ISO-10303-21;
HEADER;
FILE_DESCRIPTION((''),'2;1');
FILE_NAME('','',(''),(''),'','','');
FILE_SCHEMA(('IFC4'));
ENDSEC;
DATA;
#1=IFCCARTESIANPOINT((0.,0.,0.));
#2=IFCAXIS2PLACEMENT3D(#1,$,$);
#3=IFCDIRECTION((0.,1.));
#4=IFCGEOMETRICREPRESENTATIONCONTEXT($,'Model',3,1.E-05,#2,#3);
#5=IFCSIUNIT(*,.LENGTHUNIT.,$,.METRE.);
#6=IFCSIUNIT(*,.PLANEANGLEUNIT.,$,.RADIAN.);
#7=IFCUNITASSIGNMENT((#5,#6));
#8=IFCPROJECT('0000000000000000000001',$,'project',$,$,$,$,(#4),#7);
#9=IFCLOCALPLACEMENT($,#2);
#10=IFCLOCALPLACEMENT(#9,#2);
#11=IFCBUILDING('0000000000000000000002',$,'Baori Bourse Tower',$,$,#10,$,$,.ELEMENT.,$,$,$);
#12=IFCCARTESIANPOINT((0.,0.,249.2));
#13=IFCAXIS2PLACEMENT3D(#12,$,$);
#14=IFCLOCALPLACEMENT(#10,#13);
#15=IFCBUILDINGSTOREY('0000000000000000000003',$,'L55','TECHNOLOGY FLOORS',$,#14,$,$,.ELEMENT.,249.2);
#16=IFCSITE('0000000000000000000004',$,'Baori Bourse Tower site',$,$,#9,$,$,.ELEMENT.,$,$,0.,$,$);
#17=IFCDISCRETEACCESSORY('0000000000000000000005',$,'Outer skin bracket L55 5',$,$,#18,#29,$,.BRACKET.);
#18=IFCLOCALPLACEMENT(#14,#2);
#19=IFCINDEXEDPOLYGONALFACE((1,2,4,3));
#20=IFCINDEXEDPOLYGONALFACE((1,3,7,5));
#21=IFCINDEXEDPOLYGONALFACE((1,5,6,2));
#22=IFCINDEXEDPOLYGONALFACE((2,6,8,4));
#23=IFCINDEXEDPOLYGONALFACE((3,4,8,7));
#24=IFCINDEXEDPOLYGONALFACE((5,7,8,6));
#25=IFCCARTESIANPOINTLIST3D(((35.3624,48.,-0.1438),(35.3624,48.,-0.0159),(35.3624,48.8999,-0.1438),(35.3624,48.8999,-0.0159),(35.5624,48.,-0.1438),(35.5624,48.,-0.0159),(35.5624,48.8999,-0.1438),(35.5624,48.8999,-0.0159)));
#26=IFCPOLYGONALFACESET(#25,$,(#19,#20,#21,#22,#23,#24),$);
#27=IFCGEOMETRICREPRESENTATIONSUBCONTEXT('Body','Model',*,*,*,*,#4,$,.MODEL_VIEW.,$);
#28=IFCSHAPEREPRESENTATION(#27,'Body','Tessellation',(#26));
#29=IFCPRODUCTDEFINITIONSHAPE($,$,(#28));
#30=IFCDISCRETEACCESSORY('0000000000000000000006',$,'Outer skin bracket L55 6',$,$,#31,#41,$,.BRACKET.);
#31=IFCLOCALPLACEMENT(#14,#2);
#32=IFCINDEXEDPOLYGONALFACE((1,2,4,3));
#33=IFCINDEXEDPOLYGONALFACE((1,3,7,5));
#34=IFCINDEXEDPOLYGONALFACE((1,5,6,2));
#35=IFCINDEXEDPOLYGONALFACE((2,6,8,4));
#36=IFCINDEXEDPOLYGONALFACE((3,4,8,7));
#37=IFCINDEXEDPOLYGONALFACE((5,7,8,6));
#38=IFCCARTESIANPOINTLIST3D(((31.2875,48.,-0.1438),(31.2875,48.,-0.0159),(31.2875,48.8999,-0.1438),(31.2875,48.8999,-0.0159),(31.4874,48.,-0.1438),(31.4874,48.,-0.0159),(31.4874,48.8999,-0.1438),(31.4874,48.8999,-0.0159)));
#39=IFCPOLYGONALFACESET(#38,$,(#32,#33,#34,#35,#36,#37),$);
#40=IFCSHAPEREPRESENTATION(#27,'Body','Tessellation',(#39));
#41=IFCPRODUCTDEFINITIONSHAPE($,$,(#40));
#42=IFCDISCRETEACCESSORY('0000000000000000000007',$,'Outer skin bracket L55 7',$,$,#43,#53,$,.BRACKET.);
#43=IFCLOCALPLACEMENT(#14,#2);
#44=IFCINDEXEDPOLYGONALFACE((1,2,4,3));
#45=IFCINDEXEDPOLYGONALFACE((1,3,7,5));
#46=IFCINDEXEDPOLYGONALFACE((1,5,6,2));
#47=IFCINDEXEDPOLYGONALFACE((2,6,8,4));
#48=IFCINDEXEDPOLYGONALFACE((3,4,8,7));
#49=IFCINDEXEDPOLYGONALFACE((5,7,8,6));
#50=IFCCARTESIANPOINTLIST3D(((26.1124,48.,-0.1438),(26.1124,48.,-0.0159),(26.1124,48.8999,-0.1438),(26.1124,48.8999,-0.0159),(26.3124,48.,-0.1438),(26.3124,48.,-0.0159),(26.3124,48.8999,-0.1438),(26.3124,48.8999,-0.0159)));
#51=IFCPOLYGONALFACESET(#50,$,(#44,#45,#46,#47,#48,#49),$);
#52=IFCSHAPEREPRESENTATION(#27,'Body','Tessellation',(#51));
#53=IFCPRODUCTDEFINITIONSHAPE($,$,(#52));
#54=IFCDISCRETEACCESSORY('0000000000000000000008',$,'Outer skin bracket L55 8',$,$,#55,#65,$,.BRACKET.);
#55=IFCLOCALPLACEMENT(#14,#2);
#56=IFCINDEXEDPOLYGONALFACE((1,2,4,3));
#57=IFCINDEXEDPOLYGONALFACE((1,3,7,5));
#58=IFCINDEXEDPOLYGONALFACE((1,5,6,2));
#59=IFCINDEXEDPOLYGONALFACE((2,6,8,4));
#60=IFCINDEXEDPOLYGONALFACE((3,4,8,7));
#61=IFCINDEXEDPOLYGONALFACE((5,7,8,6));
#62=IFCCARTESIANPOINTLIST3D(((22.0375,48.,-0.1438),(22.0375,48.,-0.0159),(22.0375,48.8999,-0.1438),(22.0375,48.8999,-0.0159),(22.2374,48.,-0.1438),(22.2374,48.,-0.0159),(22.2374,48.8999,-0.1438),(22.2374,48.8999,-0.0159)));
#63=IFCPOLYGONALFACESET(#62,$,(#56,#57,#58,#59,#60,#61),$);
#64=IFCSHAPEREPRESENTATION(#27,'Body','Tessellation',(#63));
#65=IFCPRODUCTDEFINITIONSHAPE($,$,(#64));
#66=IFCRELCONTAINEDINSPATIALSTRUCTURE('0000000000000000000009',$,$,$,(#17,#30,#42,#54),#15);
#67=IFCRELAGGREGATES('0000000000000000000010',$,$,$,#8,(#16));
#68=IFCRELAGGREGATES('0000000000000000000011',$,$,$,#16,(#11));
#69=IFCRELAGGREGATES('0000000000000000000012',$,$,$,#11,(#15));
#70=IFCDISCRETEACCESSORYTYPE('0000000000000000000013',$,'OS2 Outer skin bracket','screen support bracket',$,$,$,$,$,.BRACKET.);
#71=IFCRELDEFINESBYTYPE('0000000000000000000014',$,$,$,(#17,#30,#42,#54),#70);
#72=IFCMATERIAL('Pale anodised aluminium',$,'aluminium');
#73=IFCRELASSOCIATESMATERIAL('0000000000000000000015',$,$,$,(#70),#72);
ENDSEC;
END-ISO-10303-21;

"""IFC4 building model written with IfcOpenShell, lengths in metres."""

from ifc_helpers import new_model, si_unit, direction, frame, origin, origin_2d, place, context, subcontext, project, spatial, rectangle, extrude, material, type_object, element, save


model = new_model("IFC4")

# Units and contexts
model_context = context("Model", 3, precision=1e-05, world=origin(), true_north=direction((0.0, 1.0)))
body_context = subcontext(model_context, "Body", "Model", "MODEL_VIEW")
ifc_project = project(units=[si_unit("LENGTHUNIT", "METRE"), si_unit("PLANEANGLEUNIT", "RADIAN")], contexts=[model_context])

# Site, building, storey
site_placement = place(None, origin())
site = spatial("IfcSite", under=ifc_project, at=site_placement, Name="Baori Bourse Tower site", CompositionType="ELEMENT", RefElevation=0.0)
building_placement = place(site_placement, origin())
building = spatial("IfcBuilding", under=site, at=building_placement, Name="Baori Bourse Tower", CompositionType="ELEMENT")
storey_placement = place(building_placement, frame((0.0, 0.0, 249.2)))
storey = spatial("IfcBuildingStorey", under=building, at=storey_placement, Name="L55", Description="TECHNOLOGY FLOORS", CompositionType="ELEMENT", Elevation=249.2)

# Discrete accessories
ifc_material_1 = material(Name="Pale anodised aluminium", Category="aluminium")
discrete_accessory_type = type_object("IfcDiscreteAccessoryType", Name="OS2 Outer skin bracket", Description="screen support bracket", PredefinedType="BRACKET", material=ifc_material_1)
for number, where, z_axis, x_axis, name in (
    (1, (35.4624, 48.45, -0.1438), (0.0, 0.0, 1.0), (-1.0, 0.0, 0.0), "Outer skin bracket L55 5"),
    (2, (31.3875, 48.45, -0.1438), (0.0, 0.0, 1.0), (-1.0, 0.0, 0.0), "Outer skin bracket L55 6"),
    (3, (26.2124, 48.45, -0.1438), (0.0, 0.0, 1.0), (-1.0, 0.0, 0.0), "Outer skin bracket L55 7"),
    (4, (22.1375, 48.45, -0.1438), (0.0, 0.0, 1.0), (-1.0, 0.0, 0.0), "Outer skin bracket L55 8"),
):
    element("IfcDiscreteAccessory", number, at=place(storey_placement, frame(where, z_axis=z_axis, x_axis=x_axis)), inside=storey, type_object=discrete_accessory_type, Name=name, PredefinedType="BRACKET", context=body_context, shape_type="SweptSolid", body=[
        extrude(rectangle(XDim=0.2, YDim=0.8999, at=origin_2d()), origin(), (0.0, 0.0, 1.0), 0.1279),
    ])

save(model, "model.ifc")
